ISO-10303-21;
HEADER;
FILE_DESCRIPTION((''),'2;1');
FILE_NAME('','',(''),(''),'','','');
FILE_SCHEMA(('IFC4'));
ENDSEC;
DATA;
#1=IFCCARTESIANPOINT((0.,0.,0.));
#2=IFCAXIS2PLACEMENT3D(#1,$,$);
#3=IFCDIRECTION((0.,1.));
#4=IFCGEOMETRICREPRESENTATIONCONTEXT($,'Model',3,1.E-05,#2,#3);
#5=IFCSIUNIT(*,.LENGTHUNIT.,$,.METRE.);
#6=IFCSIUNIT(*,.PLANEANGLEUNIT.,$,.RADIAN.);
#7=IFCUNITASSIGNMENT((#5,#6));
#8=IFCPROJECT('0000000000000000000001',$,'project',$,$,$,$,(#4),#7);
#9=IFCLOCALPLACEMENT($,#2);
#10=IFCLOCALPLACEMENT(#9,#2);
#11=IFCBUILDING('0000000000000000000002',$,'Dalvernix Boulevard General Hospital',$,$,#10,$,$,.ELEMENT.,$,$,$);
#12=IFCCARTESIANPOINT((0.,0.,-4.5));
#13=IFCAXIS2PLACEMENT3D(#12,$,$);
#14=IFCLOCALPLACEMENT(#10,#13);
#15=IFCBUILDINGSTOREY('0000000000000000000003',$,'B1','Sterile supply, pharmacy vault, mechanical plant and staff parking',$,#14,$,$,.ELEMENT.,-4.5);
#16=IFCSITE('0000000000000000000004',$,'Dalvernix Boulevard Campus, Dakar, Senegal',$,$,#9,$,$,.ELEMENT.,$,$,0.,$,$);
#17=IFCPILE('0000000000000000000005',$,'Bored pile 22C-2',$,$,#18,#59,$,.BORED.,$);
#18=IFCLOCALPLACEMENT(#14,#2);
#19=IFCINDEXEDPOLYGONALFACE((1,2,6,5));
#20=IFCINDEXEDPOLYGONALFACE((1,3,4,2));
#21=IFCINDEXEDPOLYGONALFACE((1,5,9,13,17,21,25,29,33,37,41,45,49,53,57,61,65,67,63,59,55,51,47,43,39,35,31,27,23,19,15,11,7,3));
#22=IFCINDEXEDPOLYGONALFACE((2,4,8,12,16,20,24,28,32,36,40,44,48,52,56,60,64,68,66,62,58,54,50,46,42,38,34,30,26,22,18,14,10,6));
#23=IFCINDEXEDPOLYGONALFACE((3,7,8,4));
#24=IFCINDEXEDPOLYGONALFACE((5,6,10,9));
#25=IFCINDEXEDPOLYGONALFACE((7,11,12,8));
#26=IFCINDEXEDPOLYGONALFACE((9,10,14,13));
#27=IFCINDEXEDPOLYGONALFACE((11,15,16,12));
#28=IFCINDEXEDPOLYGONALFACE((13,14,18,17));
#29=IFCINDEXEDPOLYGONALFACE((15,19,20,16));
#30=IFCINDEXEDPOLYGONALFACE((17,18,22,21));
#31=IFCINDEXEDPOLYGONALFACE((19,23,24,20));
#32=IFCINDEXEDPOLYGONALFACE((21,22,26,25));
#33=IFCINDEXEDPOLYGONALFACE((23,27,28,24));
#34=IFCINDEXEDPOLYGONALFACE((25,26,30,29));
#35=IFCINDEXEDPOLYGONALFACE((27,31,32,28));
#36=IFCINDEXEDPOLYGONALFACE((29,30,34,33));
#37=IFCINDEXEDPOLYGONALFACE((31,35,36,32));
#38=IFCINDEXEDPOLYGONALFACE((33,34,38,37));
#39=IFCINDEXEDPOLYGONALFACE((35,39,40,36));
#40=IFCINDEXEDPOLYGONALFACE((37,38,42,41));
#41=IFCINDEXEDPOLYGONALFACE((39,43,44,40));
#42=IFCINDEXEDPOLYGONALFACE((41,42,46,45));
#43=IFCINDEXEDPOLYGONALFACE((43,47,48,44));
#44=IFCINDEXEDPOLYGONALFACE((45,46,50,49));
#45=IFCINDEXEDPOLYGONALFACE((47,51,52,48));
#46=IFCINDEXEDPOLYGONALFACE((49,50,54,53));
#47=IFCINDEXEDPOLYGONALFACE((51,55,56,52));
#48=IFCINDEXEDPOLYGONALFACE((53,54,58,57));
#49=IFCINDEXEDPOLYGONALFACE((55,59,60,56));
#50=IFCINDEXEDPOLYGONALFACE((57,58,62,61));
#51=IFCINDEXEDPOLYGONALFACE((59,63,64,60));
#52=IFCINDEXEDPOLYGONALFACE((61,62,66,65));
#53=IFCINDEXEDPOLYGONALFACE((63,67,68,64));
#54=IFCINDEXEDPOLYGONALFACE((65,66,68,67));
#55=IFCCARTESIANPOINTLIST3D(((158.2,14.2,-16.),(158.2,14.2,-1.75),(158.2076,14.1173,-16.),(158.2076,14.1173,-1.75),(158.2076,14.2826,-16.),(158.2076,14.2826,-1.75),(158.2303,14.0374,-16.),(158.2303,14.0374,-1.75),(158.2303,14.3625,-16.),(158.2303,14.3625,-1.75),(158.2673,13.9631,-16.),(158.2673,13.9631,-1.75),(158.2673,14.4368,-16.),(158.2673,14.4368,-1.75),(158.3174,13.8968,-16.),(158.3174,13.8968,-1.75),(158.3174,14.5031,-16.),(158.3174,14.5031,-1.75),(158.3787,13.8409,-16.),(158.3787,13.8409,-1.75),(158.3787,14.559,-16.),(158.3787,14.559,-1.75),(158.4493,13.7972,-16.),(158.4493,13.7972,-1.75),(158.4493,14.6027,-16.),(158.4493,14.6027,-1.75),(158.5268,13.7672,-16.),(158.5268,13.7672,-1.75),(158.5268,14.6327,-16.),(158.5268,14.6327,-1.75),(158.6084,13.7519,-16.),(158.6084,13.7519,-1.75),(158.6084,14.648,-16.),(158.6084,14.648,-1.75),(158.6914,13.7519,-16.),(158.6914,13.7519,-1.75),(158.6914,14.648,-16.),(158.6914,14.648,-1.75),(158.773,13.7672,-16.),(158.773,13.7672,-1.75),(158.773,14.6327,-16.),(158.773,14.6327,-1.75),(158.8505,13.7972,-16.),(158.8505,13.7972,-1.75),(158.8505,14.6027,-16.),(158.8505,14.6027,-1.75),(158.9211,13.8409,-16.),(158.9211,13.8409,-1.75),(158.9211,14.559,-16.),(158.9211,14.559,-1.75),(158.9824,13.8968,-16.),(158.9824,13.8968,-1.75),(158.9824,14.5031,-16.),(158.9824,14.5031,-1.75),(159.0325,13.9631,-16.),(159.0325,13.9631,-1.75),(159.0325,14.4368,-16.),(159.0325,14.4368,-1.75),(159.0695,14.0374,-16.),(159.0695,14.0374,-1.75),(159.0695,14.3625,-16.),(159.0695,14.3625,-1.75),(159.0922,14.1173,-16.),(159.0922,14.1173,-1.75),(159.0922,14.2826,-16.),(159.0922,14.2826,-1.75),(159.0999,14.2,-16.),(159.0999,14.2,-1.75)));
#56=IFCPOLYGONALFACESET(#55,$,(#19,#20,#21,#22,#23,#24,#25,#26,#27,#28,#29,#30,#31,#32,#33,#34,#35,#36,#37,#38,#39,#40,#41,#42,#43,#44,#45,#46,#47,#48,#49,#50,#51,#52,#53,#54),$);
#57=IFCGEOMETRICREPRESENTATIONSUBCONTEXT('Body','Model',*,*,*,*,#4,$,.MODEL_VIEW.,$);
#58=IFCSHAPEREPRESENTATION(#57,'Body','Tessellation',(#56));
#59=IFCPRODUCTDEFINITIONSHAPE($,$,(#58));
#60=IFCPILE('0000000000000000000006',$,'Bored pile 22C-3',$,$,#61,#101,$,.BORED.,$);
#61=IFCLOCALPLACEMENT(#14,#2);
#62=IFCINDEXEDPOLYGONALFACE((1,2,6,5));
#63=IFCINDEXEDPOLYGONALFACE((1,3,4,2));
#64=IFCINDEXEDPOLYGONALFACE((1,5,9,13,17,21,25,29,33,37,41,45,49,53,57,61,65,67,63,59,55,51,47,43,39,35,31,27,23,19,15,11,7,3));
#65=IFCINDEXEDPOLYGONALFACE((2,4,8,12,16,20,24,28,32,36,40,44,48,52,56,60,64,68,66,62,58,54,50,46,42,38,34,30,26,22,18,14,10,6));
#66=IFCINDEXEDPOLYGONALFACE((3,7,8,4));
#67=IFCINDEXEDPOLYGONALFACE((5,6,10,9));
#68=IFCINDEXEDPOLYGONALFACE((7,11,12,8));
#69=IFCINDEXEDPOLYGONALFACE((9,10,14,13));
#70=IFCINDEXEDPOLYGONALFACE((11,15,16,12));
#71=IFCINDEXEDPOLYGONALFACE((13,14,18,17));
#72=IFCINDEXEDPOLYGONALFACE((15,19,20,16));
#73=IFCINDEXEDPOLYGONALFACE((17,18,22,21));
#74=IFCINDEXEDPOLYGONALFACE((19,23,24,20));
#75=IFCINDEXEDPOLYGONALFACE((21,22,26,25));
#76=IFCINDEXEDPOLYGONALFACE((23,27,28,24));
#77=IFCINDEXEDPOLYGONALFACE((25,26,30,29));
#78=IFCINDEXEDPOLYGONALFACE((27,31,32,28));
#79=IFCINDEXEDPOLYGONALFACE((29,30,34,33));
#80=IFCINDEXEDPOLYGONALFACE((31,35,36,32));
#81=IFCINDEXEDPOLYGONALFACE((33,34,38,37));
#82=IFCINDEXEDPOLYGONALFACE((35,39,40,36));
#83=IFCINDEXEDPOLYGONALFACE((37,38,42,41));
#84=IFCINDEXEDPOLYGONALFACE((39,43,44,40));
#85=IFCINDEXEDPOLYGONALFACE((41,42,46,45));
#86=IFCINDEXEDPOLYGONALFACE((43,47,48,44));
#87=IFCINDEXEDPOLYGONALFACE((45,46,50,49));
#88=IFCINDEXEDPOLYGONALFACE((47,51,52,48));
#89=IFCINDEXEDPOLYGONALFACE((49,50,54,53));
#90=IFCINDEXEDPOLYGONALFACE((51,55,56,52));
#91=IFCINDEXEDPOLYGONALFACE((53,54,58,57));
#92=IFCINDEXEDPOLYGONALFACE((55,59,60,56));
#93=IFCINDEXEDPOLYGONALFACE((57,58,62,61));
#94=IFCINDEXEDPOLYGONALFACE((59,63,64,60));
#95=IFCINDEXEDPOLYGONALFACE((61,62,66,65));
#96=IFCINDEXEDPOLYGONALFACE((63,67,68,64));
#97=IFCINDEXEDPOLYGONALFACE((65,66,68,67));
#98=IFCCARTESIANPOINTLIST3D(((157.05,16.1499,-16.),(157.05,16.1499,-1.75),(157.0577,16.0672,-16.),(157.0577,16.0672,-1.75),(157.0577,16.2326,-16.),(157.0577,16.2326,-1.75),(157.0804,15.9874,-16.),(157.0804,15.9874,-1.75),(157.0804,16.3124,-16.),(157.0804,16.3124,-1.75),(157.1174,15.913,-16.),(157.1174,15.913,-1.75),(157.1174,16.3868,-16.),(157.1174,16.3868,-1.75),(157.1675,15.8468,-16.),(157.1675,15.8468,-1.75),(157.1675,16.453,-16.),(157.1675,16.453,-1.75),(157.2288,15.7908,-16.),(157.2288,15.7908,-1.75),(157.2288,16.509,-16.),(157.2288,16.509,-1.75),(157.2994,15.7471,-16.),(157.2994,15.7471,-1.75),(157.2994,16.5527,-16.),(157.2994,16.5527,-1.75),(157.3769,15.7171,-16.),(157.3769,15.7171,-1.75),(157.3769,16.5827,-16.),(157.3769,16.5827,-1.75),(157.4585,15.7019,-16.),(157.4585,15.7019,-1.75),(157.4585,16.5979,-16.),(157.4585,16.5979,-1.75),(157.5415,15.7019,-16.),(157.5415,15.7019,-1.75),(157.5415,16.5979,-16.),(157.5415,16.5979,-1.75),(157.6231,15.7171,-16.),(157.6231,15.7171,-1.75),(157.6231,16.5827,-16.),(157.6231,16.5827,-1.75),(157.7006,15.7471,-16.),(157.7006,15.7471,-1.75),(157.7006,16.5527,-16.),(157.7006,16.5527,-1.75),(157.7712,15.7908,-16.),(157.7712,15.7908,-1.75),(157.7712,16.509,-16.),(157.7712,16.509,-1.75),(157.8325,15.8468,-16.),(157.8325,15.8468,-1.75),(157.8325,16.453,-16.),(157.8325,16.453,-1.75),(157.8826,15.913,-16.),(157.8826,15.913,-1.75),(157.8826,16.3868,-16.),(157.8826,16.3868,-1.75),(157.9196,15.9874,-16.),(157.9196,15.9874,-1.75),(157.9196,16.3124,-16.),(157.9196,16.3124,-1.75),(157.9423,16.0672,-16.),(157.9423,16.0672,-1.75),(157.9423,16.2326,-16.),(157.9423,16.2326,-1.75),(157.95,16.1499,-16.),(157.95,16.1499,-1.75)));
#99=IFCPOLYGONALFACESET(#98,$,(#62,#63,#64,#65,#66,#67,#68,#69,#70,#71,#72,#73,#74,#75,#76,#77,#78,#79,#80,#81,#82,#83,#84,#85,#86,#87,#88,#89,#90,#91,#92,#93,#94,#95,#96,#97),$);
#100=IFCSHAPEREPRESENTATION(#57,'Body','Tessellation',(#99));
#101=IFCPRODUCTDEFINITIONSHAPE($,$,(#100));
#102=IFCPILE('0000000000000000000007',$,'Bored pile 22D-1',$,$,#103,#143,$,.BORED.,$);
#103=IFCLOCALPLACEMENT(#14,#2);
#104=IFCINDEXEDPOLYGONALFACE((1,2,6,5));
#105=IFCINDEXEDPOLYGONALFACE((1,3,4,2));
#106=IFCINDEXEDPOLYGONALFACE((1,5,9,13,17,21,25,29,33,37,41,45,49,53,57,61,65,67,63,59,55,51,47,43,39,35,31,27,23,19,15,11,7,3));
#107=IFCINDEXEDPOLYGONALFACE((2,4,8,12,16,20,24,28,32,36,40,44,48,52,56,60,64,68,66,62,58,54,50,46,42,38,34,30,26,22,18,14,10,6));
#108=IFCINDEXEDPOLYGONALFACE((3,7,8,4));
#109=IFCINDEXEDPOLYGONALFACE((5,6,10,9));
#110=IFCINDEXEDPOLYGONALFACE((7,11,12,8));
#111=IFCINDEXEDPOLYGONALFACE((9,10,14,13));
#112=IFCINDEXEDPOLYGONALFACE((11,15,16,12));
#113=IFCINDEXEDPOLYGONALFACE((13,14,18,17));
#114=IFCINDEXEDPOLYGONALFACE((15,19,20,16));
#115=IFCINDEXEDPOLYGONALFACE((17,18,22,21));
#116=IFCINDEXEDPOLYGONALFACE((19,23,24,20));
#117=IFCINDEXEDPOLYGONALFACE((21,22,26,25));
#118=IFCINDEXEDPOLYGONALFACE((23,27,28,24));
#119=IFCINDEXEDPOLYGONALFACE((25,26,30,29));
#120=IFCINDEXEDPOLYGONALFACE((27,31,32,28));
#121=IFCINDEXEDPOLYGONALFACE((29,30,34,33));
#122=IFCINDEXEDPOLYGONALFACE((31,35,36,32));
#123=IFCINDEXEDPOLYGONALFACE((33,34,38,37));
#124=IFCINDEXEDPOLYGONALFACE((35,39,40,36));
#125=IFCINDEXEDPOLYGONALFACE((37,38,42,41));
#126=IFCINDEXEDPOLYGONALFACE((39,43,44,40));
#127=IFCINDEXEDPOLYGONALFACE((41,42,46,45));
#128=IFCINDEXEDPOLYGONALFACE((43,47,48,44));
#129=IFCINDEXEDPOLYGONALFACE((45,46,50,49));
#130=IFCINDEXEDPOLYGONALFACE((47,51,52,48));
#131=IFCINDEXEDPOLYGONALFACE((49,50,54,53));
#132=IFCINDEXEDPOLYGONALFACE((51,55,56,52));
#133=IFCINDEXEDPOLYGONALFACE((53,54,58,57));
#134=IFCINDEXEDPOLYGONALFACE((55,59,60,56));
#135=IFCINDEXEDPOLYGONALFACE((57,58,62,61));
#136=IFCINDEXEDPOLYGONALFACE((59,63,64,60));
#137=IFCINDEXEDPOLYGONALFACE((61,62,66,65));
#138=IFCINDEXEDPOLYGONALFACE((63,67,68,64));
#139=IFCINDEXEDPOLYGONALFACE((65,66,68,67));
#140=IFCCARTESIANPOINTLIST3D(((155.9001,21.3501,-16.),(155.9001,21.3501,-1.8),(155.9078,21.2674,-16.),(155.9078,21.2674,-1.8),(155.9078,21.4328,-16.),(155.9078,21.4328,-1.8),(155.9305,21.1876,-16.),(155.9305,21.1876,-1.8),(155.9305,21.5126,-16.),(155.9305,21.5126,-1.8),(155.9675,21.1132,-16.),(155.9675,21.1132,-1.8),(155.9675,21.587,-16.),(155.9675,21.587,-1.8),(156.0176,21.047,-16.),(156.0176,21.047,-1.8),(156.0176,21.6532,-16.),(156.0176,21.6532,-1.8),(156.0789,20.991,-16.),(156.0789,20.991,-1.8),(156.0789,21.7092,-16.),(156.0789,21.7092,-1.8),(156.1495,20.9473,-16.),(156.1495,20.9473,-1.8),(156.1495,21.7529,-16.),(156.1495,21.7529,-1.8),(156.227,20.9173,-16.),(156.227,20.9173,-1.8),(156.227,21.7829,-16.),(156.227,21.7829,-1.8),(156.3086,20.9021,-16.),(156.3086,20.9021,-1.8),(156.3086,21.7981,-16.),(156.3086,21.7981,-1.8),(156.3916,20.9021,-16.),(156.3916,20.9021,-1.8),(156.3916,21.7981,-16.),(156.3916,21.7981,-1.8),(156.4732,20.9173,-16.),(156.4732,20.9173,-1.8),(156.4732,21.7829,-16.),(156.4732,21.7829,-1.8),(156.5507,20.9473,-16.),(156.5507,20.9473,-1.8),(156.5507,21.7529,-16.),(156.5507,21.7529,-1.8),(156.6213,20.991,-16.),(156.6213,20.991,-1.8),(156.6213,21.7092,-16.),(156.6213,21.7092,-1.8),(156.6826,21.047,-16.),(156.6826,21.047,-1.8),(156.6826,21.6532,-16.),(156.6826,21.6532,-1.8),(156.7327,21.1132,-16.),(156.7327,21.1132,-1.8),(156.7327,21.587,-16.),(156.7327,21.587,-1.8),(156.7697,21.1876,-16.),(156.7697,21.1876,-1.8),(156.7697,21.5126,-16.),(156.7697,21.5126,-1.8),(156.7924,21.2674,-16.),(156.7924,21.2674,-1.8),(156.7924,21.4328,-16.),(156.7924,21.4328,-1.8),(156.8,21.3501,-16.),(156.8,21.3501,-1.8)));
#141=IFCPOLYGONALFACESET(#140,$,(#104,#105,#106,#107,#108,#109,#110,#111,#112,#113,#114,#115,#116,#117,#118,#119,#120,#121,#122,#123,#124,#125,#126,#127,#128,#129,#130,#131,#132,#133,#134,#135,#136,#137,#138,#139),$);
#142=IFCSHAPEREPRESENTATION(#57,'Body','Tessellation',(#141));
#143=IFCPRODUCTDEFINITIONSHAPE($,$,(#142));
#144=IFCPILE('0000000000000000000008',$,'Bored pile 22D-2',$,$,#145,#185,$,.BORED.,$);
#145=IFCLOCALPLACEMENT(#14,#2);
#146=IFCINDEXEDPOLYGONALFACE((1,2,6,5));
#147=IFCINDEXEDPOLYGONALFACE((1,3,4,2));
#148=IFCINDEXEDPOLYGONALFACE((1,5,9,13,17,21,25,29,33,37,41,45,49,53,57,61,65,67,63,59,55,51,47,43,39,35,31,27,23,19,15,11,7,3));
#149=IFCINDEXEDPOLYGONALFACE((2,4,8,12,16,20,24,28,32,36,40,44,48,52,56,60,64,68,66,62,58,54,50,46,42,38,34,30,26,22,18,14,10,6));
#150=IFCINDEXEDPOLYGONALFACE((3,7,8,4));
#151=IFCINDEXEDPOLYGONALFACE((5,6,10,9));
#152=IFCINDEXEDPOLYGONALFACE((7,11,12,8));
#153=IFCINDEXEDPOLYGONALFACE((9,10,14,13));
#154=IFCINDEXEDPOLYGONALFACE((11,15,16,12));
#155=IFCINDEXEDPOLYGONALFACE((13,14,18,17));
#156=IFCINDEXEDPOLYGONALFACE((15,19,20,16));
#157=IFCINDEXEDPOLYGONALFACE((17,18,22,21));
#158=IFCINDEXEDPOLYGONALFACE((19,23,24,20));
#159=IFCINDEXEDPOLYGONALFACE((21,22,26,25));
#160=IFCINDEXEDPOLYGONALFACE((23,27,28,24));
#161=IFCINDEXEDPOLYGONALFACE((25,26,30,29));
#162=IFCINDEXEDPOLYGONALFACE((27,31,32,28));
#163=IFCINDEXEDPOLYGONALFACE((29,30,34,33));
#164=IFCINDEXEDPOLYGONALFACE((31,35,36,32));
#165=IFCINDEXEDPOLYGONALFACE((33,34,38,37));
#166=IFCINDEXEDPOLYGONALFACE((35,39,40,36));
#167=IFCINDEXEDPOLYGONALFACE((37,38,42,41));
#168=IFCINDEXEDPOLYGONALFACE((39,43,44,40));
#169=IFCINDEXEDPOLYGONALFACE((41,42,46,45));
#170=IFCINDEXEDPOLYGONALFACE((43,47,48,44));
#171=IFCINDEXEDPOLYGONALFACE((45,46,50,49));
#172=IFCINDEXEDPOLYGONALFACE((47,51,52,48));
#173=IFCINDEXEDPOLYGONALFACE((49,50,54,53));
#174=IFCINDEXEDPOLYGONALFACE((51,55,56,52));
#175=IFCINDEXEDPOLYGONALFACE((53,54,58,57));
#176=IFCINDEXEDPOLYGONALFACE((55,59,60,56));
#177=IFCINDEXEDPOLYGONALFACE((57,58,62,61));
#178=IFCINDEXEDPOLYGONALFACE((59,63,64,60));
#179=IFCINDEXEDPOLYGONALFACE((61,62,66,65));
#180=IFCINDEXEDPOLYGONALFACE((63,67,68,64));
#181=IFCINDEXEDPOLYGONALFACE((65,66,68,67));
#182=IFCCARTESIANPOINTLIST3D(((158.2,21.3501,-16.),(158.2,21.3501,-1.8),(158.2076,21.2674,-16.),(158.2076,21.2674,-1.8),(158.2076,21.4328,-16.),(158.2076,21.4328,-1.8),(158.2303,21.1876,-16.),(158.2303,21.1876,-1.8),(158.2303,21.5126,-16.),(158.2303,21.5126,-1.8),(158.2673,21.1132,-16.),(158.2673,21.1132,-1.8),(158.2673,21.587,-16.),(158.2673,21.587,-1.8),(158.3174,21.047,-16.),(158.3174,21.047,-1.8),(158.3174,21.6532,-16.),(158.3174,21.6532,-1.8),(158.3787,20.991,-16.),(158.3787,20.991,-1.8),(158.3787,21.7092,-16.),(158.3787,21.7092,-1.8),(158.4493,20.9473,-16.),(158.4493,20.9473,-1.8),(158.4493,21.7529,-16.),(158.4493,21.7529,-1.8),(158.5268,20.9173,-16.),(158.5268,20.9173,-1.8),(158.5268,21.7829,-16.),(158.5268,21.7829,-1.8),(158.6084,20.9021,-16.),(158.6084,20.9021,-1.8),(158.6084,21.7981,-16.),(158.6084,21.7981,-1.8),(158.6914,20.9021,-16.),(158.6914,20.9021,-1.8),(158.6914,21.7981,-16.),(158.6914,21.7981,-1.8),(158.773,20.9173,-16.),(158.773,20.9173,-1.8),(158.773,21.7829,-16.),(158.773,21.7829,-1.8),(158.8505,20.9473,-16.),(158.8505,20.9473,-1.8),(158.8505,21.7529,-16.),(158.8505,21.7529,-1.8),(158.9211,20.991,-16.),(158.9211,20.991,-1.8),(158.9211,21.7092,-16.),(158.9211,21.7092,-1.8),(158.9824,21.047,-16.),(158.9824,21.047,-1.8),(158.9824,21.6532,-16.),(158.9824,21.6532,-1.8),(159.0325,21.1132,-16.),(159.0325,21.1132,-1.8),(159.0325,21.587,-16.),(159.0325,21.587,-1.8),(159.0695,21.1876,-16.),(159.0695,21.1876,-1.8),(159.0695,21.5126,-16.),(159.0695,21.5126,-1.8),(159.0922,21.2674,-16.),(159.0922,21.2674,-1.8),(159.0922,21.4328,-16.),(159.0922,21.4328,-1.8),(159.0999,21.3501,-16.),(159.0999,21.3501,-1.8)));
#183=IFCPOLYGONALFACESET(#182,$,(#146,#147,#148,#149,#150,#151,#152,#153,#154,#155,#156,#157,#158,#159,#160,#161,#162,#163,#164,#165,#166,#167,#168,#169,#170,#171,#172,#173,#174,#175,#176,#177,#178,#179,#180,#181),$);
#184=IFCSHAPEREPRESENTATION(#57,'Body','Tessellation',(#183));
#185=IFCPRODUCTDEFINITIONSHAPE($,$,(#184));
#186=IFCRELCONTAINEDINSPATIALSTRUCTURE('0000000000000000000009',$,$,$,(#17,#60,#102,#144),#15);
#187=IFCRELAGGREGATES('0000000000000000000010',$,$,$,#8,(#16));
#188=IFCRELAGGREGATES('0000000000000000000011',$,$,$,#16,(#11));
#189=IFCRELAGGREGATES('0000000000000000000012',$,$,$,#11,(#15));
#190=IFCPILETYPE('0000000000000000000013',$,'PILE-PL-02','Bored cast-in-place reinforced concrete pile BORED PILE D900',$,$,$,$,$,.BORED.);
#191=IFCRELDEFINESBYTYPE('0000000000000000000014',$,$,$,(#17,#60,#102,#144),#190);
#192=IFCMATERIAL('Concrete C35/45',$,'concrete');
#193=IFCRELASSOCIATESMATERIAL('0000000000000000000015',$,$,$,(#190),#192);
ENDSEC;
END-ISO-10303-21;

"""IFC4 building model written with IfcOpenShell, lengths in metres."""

from ifc_helpers import new_model, si_unit, direction, frame, origin, origin_2d, place, context, subcontext, project, spatial, circle, extrude, material, material_profile, profile_set, type_object, element, save


model = new_model("IFC4")

# Units and contexts
model_context = context("Model", 3, precision=1e-05, world=origin(), true_north=direction((0.0, 1.0)))
body_context = subcontext(model_context, "Body", "Model", "MODEL_VIEW")
ifc_project = project(units=[si_unit("LENGTHUNIT", "METRE"), si_unit("PLANEANGLEUNIT", "RADIAN")], contexts=[model_context])

# Site, building, storey
site_placement = place(None, origin())
site = spatial("IfcSite", under=ifc_project, at=site_placement, Name="Dalvernix Boulevard Campus, Dakar, Senegal", CompositionType="ELEMENT", RefElevation=0.0)
building_placement = place(site_placement, origin())
building = spatial("IfcBuilding", under=site, at=building_placement, Name="Dalvernix Boulevard General Hospital", CompositionType="ELEMENT")
storey_placement = place(building_placement, frame((0.0, 0.0, -4.5)))
storey = spatial("IfcBuildingStorey", under=building, at=storey_placement, Name="B1", Description="Sterile supply, pharmacy vault, mechanical plant and staff parking", CompositionType="ELEMENT", Elevation=-4.5)

# Shared definitions
ifc_material_1 = material(Name="Concrete C35/45", Category="concrete")

# Piles
ifc_material_profile_1 = material_profile(ifc_material_1, circle(Radius=0.45, at=origin_2d()), Name="BORED PILE D900")
ifc_profile_set_1 = profile_set([ifc_material_profile_1], Name="Concrete C35/45")
pile_type = type_object("IfcPileType", Name="PILE-PL-02", Description="Bored cast-in-place reinforced concrete pile BORED PILE D900", PredefinedType="BORED", material=ifc_profile_set_1)
for number, where, z_axis, x_axis, name in (
    (1, (158.6499, 14.2, -1.75), (0.0, 0.0, -1.0), (1.0, 0.0, 0.0), "Bored pile 22C-2"),
    (2, (157.5, 16.1499, -1.75), (0.0, 0.0, -1.0), (1.0, 0.0, 0.0), "Bored pile 22C-3"),
):
    element("IfcPile", number, at=place(storey_placement, frame(where, z_axis=z_axis, x_axis=x_axis)), inside=storey, type_object=pile_type, Name=name, PredefinedType="BORED", context=body_context, shape_type="SweptSolid", body=[
        extrude(circle(Radius=0.45, at=origin_2d()), origin(), (0.0, 0.0, 1.0), 14.25),
    ])
for number, where, z_axis, x_axis, name in (
    (3, (156.3501, 21.3501, -1.8), (0.0, 0.0, -1.0), (1.0, 0.0, 0.0), "Bored pile 22D-1"),
    (4, (158.6499, 21.3501, -1.8), (0.0, 0.0, -1.0), (1.0, 0.0, 0.0), "Bored pile 22D-2"),
):
    element("IfcPile", number, at=place(storey_placement, frame(where, z_axis=z_axis, x_axis=x_axis)), inside=storey, type_object=pile_type, Name=name, PredefinedType="BORED", context=body_context, shape_type="SweptSolid", body=[
        extrude(circle(Radius=0.45, at=origin_2d()), origin(), (0.0, 0.0, 1.0), 14.2),
    ])

save(model, "model.ifc")
